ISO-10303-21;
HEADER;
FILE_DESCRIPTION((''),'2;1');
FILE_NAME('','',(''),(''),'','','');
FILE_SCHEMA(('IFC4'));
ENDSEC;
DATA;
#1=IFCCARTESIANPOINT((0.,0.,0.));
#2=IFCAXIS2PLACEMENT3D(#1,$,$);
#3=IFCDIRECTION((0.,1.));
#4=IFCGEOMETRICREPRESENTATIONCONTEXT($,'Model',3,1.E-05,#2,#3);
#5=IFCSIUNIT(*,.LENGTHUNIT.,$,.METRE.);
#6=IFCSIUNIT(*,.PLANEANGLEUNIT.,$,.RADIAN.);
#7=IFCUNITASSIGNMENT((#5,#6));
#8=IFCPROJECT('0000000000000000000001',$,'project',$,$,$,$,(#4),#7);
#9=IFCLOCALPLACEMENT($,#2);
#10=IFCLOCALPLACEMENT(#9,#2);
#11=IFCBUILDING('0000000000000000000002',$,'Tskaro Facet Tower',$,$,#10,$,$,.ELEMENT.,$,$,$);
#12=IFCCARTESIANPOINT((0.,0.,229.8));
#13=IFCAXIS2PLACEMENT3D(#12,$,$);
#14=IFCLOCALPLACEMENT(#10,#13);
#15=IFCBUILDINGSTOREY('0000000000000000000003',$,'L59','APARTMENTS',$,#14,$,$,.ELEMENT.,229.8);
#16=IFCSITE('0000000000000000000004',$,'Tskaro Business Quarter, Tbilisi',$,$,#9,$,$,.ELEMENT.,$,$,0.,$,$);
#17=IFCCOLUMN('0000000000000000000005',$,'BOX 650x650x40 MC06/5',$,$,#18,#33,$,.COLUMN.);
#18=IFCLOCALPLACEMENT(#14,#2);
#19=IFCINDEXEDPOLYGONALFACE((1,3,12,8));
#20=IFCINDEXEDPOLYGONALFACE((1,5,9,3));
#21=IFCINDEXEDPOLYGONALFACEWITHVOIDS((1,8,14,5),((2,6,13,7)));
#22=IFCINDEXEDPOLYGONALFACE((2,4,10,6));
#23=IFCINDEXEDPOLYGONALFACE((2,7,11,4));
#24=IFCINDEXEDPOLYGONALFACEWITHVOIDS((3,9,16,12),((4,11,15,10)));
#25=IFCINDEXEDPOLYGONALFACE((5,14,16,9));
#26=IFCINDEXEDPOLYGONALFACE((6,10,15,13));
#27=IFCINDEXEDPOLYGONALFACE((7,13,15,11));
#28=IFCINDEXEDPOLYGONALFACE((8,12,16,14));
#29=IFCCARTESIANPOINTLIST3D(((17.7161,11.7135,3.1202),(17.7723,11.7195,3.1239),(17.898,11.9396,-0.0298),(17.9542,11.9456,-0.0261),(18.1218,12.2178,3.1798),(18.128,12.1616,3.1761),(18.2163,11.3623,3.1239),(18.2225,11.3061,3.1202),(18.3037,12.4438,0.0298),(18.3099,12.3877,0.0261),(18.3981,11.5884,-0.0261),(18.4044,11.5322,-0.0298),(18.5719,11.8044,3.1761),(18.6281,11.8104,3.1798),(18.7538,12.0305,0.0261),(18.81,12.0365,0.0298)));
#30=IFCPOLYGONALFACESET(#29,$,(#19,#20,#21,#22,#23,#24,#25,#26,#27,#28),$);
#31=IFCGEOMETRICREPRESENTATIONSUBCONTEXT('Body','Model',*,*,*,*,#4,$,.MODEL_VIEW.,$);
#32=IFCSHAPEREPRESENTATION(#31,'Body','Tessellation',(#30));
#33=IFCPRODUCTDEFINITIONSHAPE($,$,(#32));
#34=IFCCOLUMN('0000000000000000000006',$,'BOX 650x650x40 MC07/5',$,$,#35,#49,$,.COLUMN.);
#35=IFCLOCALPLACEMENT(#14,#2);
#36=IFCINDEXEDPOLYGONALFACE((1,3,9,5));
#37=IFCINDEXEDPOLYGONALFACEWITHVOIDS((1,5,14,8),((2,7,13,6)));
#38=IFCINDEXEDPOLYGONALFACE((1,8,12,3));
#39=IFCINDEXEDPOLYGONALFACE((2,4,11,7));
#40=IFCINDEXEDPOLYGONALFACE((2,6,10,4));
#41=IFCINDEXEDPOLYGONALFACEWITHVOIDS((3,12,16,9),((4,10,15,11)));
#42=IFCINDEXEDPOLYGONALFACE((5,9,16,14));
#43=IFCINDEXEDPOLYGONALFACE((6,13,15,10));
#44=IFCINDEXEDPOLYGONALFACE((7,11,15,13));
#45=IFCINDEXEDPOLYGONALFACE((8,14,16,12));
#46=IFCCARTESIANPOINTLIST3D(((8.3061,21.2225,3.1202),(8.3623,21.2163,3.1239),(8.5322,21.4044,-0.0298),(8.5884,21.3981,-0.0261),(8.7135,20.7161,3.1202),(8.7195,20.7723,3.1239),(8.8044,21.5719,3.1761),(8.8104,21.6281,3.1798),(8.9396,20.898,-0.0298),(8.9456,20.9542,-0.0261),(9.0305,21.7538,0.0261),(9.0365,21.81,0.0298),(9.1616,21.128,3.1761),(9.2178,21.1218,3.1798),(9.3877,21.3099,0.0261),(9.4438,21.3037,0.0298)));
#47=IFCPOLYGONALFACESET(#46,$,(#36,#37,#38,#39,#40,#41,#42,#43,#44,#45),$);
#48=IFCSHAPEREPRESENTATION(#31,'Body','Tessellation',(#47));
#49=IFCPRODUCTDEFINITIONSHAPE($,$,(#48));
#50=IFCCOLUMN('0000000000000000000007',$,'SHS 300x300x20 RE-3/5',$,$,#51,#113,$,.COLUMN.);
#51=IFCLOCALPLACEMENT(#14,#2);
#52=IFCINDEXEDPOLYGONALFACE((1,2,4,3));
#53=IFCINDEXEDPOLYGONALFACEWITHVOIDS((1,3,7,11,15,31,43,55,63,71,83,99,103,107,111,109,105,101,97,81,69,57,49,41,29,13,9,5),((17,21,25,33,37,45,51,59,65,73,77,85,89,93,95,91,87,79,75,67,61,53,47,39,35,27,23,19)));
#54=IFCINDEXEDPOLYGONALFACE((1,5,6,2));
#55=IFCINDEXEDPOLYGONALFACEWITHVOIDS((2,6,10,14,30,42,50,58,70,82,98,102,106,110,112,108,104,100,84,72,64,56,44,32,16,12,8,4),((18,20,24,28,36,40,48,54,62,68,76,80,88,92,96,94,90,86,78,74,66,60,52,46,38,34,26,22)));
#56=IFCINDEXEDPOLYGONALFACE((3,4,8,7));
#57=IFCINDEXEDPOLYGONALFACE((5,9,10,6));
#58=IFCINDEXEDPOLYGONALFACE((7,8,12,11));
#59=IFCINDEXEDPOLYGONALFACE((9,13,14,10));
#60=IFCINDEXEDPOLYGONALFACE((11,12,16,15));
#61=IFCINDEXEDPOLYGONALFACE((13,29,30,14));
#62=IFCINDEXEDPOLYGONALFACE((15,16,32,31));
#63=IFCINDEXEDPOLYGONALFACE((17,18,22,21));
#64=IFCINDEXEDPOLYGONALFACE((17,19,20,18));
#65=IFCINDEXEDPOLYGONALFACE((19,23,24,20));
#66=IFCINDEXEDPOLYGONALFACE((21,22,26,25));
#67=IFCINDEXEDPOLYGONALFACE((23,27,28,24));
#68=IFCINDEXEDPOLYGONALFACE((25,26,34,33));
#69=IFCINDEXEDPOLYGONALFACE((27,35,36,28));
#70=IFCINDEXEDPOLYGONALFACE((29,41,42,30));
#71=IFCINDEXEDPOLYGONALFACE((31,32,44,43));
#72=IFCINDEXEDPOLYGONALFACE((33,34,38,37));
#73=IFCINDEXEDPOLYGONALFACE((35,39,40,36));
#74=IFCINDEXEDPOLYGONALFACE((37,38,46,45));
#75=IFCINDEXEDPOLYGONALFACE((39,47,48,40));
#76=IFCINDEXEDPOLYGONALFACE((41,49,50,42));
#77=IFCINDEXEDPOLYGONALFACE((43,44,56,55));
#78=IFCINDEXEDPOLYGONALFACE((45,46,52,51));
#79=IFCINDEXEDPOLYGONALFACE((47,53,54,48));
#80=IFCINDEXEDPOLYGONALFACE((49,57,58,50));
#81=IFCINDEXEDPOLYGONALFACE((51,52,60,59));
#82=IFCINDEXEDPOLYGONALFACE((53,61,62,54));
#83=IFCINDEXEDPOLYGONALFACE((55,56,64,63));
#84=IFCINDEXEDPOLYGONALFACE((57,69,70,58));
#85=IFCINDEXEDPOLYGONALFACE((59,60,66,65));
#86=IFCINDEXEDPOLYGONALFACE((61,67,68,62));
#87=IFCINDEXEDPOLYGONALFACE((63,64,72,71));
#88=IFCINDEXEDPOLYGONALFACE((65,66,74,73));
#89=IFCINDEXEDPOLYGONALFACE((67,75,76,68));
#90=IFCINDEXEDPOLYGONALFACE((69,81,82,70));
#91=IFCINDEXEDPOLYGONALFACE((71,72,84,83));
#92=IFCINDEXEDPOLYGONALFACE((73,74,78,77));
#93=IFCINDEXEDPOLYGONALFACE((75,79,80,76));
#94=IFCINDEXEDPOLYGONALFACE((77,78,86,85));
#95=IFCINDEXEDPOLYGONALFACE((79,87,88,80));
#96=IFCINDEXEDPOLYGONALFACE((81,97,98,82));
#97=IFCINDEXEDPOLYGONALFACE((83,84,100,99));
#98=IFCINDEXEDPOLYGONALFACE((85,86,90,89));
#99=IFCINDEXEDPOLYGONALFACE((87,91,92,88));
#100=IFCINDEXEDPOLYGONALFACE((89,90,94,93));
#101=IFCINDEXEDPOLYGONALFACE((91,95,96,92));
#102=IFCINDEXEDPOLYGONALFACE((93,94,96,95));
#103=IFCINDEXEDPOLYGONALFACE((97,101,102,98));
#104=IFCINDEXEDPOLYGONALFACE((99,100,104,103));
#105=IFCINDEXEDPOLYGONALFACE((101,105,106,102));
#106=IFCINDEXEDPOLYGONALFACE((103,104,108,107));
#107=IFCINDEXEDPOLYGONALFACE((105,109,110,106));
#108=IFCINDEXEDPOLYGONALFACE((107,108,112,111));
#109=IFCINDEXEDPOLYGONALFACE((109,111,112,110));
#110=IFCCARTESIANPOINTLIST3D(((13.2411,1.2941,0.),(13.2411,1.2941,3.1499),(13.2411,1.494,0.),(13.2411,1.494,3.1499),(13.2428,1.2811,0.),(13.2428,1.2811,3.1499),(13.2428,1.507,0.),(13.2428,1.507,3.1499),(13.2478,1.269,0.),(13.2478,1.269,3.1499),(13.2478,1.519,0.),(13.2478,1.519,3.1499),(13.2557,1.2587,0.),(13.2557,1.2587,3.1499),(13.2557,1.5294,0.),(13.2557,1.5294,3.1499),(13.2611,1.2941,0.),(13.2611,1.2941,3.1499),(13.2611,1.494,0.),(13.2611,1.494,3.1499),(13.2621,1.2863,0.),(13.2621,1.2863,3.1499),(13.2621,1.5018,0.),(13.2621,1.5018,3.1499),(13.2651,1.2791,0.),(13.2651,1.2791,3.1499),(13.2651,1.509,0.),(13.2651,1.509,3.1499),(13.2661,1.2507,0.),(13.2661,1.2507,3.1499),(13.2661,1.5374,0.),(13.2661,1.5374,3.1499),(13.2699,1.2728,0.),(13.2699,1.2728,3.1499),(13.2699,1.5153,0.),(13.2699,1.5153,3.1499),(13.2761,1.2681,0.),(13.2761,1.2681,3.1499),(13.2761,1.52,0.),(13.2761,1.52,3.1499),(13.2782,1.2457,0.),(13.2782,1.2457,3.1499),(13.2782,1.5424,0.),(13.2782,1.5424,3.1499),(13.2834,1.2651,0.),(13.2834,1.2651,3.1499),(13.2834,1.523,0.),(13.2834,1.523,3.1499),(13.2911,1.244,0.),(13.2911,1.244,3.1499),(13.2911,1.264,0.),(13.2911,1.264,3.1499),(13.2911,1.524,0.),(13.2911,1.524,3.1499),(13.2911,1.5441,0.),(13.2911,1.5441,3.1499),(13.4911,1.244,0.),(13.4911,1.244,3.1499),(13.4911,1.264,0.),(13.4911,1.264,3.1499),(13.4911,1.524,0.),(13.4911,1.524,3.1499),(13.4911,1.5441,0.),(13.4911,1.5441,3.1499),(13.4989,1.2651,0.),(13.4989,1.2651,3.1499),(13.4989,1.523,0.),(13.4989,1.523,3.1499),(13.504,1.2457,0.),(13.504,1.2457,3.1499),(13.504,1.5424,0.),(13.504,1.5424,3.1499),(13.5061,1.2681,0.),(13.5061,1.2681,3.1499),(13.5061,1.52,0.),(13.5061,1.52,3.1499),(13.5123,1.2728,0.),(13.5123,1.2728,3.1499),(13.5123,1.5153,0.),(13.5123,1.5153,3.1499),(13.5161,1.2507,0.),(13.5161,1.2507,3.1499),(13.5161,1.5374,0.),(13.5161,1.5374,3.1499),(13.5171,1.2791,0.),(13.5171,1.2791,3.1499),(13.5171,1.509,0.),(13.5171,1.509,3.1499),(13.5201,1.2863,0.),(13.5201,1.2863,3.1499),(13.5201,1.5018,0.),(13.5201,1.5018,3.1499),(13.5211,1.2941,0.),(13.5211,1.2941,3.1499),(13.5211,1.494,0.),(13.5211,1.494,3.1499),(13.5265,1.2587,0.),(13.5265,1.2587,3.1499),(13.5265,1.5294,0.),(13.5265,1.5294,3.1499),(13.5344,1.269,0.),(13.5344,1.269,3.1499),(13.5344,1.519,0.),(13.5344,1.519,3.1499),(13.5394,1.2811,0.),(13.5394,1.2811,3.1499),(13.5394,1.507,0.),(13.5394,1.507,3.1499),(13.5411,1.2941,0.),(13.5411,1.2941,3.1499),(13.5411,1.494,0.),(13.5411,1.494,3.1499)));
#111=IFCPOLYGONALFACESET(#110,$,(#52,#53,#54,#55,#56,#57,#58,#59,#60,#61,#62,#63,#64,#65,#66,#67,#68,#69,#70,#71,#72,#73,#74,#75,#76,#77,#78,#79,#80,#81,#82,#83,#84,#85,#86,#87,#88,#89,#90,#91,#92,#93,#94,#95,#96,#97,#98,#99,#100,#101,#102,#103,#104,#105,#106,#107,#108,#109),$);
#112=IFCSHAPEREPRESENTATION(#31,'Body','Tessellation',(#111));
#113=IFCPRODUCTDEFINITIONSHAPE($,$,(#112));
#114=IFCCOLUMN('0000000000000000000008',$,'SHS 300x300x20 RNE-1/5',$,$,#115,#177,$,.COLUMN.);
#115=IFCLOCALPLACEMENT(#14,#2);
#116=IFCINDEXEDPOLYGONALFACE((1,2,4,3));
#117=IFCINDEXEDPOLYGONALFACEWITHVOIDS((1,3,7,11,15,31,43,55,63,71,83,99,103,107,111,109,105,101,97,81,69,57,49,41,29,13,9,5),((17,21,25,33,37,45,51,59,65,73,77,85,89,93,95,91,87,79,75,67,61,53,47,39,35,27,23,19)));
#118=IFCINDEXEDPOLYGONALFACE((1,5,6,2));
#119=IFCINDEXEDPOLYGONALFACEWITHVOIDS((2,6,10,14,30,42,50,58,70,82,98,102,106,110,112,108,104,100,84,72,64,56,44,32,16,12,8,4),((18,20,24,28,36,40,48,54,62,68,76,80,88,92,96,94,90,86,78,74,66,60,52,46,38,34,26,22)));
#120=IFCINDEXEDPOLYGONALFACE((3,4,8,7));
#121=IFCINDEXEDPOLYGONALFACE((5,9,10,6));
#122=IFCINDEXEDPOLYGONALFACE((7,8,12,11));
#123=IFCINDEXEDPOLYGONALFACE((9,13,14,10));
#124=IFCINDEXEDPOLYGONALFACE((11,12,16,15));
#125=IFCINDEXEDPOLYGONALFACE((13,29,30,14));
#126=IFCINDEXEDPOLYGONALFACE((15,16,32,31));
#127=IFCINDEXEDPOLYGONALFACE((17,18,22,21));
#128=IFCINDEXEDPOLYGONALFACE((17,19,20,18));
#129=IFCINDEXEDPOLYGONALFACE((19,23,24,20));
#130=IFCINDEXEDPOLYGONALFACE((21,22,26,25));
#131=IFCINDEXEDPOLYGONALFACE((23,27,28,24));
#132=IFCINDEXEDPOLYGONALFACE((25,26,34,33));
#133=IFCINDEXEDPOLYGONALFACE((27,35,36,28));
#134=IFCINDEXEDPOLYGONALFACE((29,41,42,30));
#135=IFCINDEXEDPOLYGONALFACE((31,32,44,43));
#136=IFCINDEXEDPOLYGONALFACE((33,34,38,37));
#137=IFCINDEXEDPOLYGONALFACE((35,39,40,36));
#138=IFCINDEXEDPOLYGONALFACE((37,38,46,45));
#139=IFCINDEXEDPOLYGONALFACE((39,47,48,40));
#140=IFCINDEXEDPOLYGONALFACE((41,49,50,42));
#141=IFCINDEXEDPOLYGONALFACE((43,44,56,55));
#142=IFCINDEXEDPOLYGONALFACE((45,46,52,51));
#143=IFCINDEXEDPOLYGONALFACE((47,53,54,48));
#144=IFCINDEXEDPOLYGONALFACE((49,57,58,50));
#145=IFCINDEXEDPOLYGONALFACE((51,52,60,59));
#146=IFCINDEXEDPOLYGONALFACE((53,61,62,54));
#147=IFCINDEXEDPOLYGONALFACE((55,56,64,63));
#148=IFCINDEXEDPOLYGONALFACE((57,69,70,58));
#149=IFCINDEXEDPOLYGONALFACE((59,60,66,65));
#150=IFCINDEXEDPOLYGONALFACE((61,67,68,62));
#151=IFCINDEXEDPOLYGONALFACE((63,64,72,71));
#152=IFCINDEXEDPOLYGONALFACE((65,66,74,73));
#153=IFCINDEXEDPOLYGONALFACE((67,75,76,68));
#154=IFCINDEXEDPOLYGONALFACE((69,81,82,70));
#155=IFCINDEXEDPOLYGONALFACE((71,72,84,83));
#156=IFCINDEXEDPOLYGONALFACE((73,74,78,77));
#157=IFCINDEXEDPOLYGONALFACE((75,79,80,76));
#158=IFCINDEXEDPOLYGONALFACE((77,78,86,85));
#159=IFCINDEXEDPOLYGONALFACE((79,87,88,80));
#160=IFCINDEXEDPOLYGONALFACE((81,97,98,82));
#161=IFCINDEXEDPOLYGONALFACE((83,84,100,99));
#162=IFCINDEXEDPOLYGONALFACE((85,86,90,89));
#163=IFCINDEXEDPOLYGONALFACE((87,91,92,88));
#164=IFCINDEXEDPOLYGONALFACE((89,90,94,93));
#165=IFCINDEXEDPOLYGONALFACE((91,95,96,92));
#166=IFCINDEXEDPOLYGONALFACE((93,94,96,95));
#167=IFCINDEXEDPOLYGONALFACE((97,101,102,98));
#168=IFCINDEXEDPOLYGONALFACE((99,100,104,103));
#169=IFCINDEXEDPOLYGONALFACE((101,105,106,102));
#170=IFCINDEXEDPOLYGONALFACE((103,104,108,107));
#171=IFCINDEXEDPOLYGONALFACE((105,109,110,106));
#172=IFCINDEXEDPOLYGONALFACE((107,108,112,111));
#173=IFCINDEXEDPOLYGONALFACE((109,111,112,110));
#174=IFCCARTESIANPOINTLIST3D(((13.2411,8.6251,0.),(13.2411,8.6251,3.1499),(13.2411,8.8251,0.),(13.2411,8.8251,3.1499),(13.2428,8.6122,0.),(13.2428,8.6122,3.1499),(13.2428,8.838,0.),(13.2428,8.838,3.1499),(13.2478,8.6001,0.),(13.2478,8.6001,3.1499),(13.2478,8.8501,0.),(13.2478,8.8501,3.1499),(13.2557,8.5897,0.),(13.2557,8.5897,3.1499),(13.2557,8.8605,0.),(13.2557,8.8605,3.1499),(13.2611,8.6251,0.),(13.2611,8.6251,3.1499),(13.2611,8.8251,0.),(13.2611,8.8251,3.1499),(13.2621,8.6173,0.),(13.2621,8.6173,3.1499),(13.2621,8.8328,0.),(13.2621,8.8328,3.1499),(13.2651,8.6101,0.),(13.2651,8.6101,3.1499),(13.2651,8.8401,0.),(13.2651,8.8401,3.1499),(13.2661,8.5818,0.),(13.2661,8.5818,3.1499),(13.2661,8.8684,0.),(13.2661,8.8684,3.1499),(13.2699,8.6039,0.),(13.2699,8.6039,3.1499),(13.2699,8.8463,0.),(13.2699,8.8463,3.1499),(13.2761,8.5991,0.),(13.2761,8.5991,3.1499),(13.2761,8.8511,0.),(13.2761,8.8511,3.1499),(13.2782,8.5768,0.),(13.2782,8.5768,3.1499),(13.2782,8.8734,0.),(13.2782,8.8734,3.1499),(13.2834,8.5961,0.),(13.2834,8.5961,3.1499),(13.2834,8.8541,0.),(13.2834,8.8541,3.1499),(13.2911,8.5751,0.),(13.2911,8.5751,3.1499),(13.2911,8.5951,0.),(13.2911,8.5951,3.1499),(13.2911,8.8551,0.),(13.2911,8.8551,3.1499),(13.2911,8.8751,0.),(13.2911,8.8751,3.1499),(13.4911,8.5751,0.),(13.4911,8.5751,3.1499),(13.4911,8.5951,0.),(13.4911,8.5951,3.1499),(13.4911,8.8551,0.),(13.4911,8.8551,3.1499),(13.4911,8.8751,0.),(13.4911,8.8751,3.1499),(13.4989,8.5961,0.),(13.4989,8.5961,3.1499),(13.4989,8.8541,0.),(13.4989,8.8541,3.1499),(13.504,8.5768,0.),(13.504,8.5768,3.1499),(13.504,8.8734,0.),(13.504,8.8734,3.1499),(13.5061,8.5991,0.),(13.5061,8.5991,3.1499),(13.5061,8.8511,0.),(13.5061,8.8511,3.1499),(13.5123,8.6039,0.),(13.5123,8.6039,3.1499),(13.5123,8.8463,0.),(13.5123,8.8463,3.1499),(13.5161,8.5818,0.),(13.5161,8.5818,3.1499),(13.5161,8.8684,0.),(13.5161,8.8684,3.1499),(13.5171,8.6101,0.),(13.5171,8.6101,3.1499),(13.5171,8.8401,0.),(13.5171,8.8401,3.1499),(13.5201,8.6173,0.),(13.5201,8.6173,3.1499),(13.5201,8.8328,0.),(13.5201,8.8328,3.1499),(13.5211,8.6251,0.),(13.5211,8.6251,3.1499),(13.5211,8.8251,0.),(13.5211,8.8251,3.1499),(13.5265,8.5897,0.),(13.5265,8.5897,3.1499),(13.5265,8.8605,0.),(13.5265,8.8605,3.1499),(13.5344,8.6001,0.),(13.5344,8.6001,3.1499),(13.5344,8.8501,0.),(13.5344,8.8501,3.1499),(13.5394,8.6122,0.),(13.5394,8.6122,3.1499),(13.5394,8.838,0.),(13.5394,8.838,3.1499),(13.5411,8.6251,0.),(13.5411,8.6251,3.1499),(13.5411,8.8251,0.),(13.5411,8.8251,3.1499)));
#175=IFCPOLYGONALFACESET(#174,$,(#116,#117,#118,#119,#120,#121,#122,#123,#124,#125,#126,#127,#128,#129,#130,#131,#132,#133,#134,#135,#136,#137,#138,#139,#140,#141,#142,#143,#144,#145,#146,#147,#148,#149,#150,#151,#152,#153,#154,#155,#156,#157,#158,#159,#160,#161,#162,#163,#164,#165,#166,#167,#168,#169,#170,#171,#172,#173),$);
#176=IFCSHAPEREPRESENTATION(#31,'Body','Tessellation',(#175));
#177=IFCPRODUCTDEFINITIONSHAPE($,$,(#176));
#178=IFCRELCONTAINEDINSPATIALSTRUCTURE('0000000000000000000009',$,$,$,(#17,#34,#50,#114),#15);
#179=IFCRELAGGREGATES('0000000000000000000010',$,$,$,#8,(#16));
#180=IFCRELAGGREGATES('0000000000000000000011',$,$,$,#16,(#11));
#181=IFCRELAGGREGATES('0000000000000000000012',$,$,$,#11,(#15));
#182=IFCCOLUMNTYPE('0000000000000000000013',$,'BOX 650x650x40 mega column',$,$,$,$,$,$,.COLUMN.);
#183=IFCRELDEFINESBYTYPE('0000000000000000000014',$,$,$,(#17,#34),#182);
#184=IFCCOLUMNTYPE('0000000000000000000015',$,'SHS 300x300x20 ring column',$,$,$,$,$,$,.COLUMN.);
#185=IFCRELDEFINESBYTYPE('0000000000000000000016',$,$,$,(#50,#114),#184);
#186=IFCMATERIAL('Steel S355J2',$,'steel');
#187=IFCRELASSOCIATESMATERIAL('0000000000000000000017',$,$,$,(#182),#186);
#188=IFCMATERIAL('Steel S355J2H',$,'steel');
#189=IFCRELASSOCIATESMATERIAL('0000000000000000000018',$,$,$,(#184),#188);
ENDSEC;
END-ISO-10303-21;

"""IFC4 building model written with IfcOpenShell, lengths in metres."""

from ifc_helpers import new_model, si_unit, direction, frame, origin, origin_2d, place, context, subcontext, project, spatial, hollow_rectangle, extrude, material, material_profile, profile_set, type_object, element, save


model = new_model("IFC4")

# Units and contexts
model_context = context("Model", 3, precision=1e-05, world=origin(), true_north=direction((0.0, 1.0)))
body_context = subcontext(model_context, "Body", "Model", "MODEL_VIEW")
ifc_project = project(units=[si_unit("LENGTHUNIT", "METRE"), si_unit("PLANEANGLEUNIT", "RADIAN")], contexts=[model_context])

# Site, building, storey
site_placement = place(None, origin())
site = spatial("IfcSite", under=ifc_project, at=site_placement, Name="Tskaro Business Quarter, Tbilisi", CompositionType="ELEMENT", RefElevation=0.0)
building_placement = place(site_placement, origin())
building = spatial("IfcBuilding", under=site, at=building_placement, Name="Tskaro Facet Tower", CompositionType="ELEMENT")
storey_placement = place(building_placement, frame((0.0, 0.0, 229.8)))
storey = spatial("IfcBuildingStorey", under=building, at=storey_placement, Name="L59", Description="APARTMENTS", CompositionType="ELEMENT", Elevation=229.8)

# Columns
ifc_material_1 = material(Name="Steel S355J2", Category="steel")
ifc_material_profile_1 = material_profile(ifc_material_1, hollow_rectangle(XDim=0.6499, YDim=0.6499, WallThickness=0.04, at=origin_2d()), Name="BOX 650x650x40")
ifc_profile_set_1 = profile_set([ifc_material_profile_1], Name="Steel S355J2")
column_type_1 = type_object("IfcColumnType", Name="BOX 650x650x40 mega column", PredefinedType="COLUMN", material=ifc_profile_set_1)
for number, where, z_axis, x_axis, name in (
    (1, (18.354, 11.988, 0.0), (-0.0575, -0.071469, 0.995784), (0.779142, -0.626847, 0.0), "BOX 650x650x40 MC06/5"),
    (2, (8.988, 21.354, 0.0), (-0.071469, -0.0575, 0.995784), (0.626847, -0.779142, 0.0), "BOX 650x650x40 MC07/5"),
):
    element("IfcColumn", number, at=place(storey_placement, frame(where, z_axis=z_axis, x_axis=x_axis)), inside=storey, type_object=column_type_1, Name=name, PredefinedType="COLUMN", context=body_context, shape_type="SweptSolid", body=[
        extrude(hollow_rectangle(XDim=0.6499, YDim=0.6499, WallThickness=0.04, at=origin_2d()), origin(), (0.0, 0.0, 1.0), 3.1633),
    ])
ifc_material_2 = material(Name="Steel S355J2H", Category="steel")
ifc_material_profile_2 = material_profile(ifc_material_2, hollow_rectangle(XDim=0.3, YDim=0.3, WallThickness=0.02, InnerFilletRadius=0.03, OuterFilletRadius=0.05, at=origin_2d()), Name="SHS 300x300x20")
ifc_profile_set_2 = profile_set([ifc_material_profile_2], Name="Steel S355J2H")
column_type_2 = type_object("IfcColumnType", Name="SHS 300x300x20 ring column", PredefinedType="COLUMN", material=ifc_profile_set_2)
for number, where, z_axis, x_axis, name in (
    (3, (13.3911, 1.394, 0.0), (0.0, 0.0, 1.0), (1.0, 0.0, 0.0), "SHS 300x300x20 RE-3/5"),
    (4, (13.3911, 8.7251, 0.0), (0.0, 0.0, 1.0), (1.0, 0.0, 0.0), "SHS 300x300x20 RNE-1/5"),
):
    element("IfcColumn", number, at=place(storey_placement, frame(where, z_axis=z_axis, x_axis=x_axis)), inside=storey, type_object=column_type_2, Name=name, PredefinedType="COLUMN", context=body_context, shape_type="SweptSolid", body=[
        extrude(hollow_rectangle(XDim=0.3, YDim=0.3, WallThickness=0.02, InnerFilletRadius=0.03, OuterFilletRadius=0.05, at=origin_2d()), origin(), (0.0, 0.0, 1.0), 3.1499),
    ])

save(model, "model.ifc")
